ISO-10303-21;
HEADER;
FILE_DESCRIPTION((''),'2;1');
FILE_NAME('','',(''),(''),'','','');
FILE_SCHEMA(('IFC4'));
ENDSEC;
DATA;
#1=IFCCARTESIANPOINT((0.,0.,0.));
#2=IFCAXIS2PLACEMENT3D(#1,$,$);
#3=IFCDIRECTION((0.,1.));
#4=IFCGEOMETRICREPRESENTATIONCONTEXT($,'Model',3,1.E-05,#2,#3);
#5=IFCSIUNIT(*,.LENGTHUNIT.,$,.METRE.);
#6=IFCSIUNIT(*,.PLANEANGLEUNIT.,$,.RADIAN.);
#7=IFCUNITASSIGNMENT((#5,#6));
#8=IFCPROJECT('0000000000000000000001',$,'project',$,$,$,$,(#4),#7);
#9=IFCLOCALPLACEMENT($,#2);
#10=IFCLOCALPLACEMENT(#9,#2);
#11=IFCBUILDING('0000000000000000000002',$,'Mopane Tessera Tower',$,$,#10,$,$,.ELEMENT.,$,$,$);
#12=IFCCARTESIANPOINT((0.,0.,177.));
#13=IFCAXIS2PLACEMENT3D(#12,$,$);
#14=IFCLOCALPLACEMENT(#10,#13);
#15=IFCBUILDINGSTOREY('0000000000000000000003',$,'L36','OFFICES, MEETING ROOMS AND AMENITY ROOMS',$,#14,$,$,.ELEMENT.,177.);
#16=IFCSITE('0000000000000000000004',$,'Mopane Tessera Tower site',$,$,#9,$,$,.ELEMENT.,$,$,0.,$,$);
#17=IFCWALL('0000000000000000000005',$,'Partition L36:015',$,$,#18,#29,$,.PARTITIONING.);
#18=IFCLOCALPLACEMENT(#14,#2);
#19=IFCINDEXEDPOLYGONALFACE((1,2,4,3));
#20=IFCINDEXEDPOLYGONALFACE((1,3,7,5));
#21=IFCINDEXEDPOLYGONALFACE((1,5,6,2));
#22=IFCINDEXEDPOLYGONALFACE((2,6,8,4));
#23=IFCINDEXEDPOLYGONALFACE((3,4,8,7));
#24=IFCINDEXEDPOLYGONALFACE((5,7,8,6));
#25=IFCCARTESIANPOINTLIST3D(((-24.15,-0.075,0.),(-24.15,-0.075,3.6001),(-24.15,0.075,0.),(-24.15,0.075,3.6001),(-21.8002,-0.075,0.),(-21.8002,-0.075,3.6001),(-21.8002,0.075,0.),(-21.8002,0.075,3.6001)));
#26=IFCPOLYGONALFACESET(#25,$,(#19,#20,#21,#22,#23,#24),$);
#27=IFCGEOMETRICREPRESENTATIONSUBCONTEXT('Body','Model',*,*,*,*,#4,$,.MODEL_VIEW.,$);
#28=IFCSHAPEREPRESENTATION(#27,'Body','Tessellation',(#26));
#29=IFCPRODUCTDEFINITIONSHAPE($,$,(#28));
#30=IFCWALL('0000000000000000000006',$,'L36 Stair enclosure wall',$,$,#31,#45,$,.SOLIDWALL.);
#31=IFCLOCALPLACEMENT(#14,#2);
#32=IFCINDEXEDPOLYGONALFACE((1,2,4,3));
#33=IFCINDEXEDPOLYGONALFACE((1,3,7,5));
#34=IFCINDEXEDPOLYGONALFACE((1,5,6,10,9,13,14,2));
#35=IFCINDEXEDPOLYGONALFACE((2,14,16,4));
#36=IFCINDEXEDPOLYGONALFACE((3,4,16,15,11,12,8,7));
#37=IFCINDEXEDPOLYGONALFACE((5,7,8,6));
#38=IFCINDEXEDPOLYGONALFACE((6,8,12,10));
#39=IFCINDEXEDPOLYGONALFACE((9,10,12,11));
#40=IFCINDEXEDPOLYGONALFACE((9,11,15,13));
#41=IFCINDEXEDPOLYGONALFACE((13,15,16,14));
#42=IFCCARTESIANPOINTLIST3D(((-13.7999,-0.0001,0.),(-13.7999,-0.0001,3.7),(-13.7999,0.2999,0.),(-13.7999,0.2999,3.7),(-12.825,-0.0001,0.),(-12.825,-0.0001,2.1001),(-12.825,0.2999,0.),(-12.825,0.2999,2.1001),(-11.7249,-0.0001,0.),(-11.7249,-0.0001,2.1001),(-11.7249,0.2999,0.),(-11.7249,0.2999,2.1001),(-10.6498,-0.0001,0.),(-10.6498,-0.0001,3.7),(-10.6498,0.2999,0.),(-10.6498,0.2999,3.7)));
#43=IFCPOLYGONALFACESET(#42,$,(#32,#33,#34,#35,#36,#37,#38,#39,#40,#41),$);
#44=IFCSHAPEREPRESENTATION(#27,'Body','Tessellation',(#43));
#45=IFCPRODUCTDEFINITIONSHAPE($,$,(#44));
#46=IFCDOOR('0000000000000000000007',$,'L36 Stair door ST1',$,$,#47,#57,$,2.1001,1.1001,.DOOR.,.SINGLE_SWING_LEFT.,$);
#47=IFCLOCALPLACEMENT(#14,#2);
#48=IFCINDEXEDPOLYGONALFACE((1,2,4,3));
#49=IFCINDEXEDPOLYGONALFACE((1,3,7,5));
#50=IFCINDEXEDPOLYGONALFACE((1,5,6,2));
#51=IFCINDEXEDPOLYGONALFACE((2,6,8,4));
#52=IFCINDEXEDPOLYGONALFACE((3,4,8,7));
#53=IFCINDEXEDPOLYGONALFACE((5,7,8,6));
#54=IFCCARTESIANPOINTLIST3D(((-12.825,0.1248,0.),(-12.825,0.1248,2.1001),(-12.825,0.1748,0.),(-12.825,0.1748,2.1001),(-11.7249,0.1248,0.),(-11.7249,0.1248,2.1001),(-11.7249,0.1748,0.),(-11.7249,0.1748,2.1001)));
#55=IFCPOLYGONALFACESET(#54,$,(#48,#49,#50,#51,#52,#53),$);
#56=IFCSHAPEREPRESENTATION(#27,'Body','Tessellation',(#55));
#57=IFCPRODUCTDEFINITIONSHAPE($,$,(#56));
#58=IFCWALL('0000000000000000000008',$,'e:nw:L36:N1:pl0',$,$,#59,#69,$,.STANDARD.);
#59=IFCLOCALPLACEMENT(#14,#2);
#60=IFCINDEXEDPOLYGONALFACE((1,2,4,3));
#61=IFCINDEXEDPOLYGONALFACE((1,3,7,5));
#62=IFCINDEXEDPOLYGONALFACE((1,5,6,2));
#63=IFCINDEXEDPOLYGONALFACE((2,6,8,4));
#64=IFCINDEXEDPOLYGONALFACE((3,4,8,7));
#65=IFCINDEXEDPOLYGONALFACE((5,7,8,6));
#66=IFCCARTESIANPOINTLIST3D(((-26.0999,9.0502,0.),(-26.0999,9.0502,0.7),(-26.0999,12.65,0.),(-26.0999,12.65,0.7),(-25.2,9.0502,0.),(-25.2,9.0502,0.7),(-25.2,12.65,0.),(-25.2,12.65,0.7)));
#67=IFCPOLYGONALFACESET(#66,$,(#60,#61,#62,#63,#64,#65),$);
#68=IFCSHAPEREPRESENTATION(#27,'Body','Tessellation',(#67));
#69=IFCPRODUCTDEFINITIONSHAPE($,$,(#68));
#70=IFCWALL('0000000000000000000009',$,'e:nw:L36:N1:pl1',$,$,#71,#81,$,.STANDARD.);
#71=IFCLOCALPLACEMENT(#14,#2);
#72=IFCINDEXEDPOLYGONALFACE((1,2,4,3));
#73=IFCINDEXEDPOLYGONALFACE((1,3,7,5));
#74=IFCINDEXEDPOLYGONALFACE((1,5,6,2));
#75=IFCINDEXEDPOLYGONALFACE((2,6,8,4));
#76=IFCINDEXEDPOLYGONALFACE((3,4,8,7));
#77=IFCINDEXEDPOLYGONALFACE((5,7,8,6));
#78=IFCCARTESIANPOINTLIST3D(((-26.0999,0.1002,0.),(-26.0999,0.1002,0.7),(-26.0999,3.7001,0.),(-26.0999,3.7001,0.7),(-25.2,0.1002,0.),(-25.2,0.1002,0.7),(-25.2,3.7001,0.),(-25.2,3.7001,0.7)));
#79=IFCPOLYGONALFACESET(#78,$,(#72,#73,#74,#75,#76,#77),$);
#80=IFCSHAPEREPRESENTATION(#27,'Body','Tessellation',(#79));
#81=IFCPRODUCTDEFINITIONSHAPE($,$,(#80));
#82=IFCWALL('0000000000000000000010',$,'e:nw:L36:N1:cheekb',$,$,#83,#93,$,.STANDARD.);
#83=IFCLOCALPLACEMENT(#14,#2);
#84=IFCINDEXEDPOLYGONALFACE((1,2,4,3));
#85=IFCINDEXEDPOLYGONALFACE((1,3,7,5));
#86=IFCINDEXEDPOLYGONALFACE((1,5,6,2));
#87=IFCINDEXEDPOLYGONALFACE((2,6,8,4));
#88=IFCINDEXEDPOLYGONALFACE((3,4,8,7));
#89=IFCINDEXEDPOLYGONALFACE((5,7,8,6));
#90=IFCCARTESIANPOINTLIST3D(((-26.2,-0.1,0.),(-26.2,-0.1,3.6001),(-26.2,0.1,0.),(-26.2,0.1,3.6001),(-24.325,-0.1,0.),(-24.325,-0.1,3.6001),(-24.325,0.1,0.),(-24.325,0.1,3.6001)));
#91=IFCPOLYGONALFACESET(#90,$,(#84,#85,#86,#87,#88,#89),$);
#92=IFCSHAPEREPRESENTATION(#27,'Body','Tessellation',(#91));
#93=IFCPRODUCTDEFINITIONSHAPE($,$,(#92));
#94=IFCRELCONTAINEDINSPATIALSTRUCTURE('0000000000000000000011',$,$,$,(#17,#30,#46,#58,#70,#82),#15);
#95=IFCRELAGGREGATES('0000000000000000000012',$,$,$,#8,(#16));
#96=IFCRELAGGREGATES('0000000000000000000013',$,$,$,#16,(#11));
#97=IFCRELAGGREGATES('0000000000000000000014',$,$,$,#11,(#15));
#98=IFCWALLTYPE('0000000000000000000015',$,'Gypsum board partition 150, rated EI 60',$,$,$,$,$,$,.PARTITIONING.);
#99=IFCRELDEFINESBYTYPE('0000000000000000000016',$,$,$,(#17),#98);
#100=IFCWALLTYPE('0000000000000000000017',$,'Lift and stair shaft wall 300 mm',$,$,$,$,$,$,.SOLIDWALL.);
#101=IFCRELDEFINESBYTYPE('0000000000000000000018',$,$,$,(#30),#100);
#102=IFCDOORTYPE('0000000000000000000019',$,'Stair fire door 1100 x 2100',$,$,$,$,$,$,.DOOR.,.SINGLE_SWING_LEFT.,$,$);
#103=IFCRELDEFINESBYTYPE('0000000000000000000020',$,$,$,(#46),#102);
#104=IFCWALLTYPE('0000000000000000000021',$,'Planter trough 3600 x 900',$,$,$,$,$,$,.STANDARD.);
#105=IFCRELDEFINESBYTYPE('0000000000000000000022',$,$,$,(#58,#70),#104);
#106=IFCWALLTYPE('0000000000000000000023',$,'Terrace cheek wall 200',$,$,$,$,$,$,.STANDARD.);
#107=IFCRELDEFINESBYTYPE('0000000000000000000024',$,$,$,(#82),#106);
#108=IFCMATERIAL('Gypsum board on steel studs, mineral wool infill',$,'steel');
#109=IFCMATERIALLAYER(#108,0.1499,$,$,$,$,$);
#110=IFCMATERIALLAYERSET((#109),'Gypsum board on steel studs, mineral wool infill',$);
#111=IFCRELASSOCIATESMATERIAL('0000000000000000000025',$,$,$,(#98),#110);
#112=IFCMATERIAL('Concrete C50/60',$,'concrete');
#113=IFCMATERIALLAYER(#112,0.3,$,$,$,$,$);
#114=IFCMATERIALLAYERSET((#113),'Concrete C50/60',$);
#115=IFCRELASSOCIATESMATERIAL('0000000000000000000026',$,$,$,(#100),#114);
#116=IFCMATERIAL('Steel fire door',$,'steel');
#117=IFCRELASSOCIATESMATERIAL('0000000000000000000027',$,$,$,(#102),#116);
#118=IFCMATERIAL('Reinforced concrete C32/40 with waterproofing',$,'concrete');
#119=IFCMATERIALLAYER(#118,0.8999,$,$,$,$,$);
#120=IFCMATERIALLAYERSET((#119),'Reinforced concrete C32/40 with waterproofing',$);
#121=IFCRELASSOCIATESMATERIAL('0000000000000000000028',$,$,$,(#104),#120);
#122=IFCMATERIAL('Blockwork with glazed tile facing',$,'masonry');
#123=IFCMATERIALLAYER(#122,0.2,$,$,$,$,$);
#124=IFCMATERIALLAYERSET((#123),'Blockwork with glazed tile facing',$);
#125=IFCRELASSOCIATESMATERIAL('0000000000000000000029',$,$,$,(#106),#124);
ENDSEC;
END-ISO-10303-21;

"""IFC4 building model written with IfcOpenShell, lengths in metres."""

from ifc_helpers import new_model, si_unit, direction, frame, frame_2d, origin, place, context, subcontext, project, spatial, rectangle, extrude, material, layer, layer_set, type_object, element, fill, save


model = new_model("IFC4")

# Units and contexts
model_context = context("Model", 3, precision=1e-05, world=origin(), true_north=direction((0.0, 1.0)))
body_context = subcontext(model_context, "Body", "Model", "MODEL_VIEW")
ifc_project = project(units=[si_unit("LENGTHUNIT", "METRE"), si_unit("PLANEANGLEUNIT", "RADIAN")], contexts=[model_context])

# Site, building, storey
site_placement = place(None, origin())
site = spatial("IfcSite", under=ifc_project, at=site_placement, Name="Mopane Tessera Tower site", CompositionType="ELEMENT", RefElevation=0.0)
building_placement = place(site_placement, origin())
building = spatial("IfcBuilding", under=site, at=building_placement, Name="Mopane Tessera Tower", CompositionType="ELEMENT")
storey_placement = place(building_placement, frame((0.0, 0.0, 177.0)))
storey = spatial("IfcBuildingStorey", under=building, at=storey_placement, Name="L36", Description="OFFICES, MEETING ROOMS AND AMENITY ROOMS", CompositionType="ELEMENT", Elevation=177.0)

# Wall
ifc_material_1 = material(Name="Gypsum board on steel studs, mineral wool infill", Category="steel")
ifc_layer_1 = layer(ifc_material_1, 0.1499)
ifc_layer_set_1 = layer_set([ifc_layer_1], Name="Gypsum board on steel studs, mineral wool infill")
wall_type_1 = type_object("IfcWallType", Name="Gypsum board partition 150, rated EI 60", PredefinedType="PARTITIONING", material=ifc_layer_set_1)
wall_1_placement = place(storey_placement, frame((-24.1499, 0.0, 0.0), z_axis=(0.0, 0.0, 1.0), x_axis=(1.0, 0.0, 0.0)))
element("IfcWall", 1, at=wall_1_placement, inside=storey, type_object=wall_type_1, Name="Partition L36:015", PredefinedType="PARTITIONING", context=body_context, shape_type="SweptSolid", body=[
    extrude(rectangle(XDim=2.3499, YDim=0.1499, at=frame_2d((1.1748, 0.0))), origin(), (0.0, 0.0, 1.0), 3.6001),
])

# Wall, opening, door
ifc_material_2 = material(Name="Concrete C50/60", Category="concrete")
ifc_layer_2 = layer(ifc_material_2, 0.3)
ifc_layer_set_2 = layer_set([ifc_layer_2], Name="Concrete C50/60")
wall_type_2 = type_object("IfcWallType", Name="Lift and stair shaft wall 300 mm", PredefinedType="SOLIDWALL", material=ifc_layer_set_2)
wall_2_placement = place(storey_placement, frame((-13.8, 0.1499, 0.0), z_axis=(0.0, 0.0, 1.0), x_axis=(1.0, 0.0, 0.0)))
wall_2 = element("IfcWall", 2, at=wall_2_placement, inside=storey, type_object=wall_type_2, Name="L36 Stair enclosure wall", PredefinedType="SOLIDWALL", context=body_context, shape_type="SweptSolid", body=[
    extrude(rectangle(XDim=3.1501, YDim=0.3, at=frame_2d((1.5752, 0.0))), origin(), (0.0, 0.0, 1.0), 3.7),
])
opening_1_placement = place(wall_2_placement, frame((0.9751, 0.0, 0.0)))
opening_1 = element("IfcOpeningElement", 3, at=opening_1_placement, cuts=wall_2, PredefinedType="OPENING", context=body_context, shape_type="SweptSolid", body=[
    extrude(rectangle(XDim=1.1001, YDim=2.1001, at=frame_2d((0.55, 1.05))), frame((0.0, 0.1621, 0.0), z_axis=(0.0, -1.0, 0.0), x_axis=(1.0, 0.0, 0.0)), (0.0, 0.0, 1.0), 0.324),
])
ifc_material_3 = material(Name="Steel fire door", Category="steel")
door_type_1 = type_object("IfcDoorType", Name="Stair fire door 1100 x 2100", OperationType="SINGLE_SWING_LEFT", PredefinedType="DOOR", material=ifc_material_3)
door_1_placement = place(opening_1_placement, origin())
door_1 = element("IfcDoor", 4, at=door_1_placement, inside=storey, type_object=door_type_1, Name="L36 Stair door ST1", OperationType="SINGLE_SWING_LEFT", OverallHeight=2.1001, OverallWidth=1.1001, PredefinedType="DOOR", context=body_context, shape_type="SweptSolid", body=[
    extrude(rectangle(XDim=1.1001, YDim=2.1001, at=frame_2d((0.55, 1.05))), frame((0.0, 0.0249, 0.0), z_axis=(0.0, -1.0, 0.0), x_axis=(1.0, 0.0, 0.0)), (0.0, 0.0, 1.0), 0.05),
])
fill(opening_1, door_1)

# Walls
ifc_material_4 = material(Name="Reinforced concrete C32/40 with waterproofing", Category="concrete")
ifc_layer_3 = layer(ifc_material_4, 0.8999)
ifc_layer_set_3 = layer_set([ifc_layer_3], Name="Reinforced concrete C32/40 with waterproofing")
wall_type_3 = type_object("IfcWallType", Name="Planter trough 3600 x 900", PredefinedType="STANDARD", material=ifc_layer_set_3)
for number, where, z_axis, x_axis, name in (
    (5, (-25.6499, 12.6499, 0.0), (0.0, 0.0, 1.0), (0.0, -1.0, 0.0), "e:nw:L36:N1:pl0"),
    (6, (-25.6499, 3.7, 0.0), (0.0, 0.0, 1.0), (0.0, -1.0, 0.0), "e:nw:L36:N1:pl1"),
):
    element("IfcWall", number, at=place(storey_placement, frame(where, z_axis=z_axis, x_axis=x_axis)), inside=storey, type_object=wall_type_3, Name=name, PredefinedType="STANDARD", context=body_context, shape_type="SweptSolid", body=[
        extrude(rectangle(XDim=3.5999, YDim=0.8999, at=frame_2d((1.7998, 0.0))), origin(), (0.0, 0.0, 1.0), 0.7),
    ])
ifc_material_5 = material(Name="Blockwork with glazed tile facing", Category="masonry")
ifc_layer_4 = layer(ifc_material_5, 0.2)
ifc_layer_set_4 = layer_set([ifc_layer_4], Name="Blockwork with glazed tile facing")
wall_type_4 = type_object("IfcWallType", Name="Terrace cheek wall 200", PredefinedType="STANDARD", material=ifc_layer_set_4)
wall_3_placement = place(storey_placement, frame((-26.2, 0.0, 0.0), z_axis=(0.0, 0.0, 1.0), x_axis=(1.0, 0.0, 0.0)))
element("IfcWall", 7, at=wall_3_placement, inside=storey, type_object=wall_type_4, Name="e:nw:L36:N1:cheekb", PredefinedType="STANDARD", context=body_context, shape_type="SweptSolid", body=[
    extrude(rectangle(XDim=1.875, YDim=0.2, at=frame_2d((0.9375, 0.0))), origin(), (0.0, 0.0, 1.0), 3.6001),
])

save(model, "model.ifc")
